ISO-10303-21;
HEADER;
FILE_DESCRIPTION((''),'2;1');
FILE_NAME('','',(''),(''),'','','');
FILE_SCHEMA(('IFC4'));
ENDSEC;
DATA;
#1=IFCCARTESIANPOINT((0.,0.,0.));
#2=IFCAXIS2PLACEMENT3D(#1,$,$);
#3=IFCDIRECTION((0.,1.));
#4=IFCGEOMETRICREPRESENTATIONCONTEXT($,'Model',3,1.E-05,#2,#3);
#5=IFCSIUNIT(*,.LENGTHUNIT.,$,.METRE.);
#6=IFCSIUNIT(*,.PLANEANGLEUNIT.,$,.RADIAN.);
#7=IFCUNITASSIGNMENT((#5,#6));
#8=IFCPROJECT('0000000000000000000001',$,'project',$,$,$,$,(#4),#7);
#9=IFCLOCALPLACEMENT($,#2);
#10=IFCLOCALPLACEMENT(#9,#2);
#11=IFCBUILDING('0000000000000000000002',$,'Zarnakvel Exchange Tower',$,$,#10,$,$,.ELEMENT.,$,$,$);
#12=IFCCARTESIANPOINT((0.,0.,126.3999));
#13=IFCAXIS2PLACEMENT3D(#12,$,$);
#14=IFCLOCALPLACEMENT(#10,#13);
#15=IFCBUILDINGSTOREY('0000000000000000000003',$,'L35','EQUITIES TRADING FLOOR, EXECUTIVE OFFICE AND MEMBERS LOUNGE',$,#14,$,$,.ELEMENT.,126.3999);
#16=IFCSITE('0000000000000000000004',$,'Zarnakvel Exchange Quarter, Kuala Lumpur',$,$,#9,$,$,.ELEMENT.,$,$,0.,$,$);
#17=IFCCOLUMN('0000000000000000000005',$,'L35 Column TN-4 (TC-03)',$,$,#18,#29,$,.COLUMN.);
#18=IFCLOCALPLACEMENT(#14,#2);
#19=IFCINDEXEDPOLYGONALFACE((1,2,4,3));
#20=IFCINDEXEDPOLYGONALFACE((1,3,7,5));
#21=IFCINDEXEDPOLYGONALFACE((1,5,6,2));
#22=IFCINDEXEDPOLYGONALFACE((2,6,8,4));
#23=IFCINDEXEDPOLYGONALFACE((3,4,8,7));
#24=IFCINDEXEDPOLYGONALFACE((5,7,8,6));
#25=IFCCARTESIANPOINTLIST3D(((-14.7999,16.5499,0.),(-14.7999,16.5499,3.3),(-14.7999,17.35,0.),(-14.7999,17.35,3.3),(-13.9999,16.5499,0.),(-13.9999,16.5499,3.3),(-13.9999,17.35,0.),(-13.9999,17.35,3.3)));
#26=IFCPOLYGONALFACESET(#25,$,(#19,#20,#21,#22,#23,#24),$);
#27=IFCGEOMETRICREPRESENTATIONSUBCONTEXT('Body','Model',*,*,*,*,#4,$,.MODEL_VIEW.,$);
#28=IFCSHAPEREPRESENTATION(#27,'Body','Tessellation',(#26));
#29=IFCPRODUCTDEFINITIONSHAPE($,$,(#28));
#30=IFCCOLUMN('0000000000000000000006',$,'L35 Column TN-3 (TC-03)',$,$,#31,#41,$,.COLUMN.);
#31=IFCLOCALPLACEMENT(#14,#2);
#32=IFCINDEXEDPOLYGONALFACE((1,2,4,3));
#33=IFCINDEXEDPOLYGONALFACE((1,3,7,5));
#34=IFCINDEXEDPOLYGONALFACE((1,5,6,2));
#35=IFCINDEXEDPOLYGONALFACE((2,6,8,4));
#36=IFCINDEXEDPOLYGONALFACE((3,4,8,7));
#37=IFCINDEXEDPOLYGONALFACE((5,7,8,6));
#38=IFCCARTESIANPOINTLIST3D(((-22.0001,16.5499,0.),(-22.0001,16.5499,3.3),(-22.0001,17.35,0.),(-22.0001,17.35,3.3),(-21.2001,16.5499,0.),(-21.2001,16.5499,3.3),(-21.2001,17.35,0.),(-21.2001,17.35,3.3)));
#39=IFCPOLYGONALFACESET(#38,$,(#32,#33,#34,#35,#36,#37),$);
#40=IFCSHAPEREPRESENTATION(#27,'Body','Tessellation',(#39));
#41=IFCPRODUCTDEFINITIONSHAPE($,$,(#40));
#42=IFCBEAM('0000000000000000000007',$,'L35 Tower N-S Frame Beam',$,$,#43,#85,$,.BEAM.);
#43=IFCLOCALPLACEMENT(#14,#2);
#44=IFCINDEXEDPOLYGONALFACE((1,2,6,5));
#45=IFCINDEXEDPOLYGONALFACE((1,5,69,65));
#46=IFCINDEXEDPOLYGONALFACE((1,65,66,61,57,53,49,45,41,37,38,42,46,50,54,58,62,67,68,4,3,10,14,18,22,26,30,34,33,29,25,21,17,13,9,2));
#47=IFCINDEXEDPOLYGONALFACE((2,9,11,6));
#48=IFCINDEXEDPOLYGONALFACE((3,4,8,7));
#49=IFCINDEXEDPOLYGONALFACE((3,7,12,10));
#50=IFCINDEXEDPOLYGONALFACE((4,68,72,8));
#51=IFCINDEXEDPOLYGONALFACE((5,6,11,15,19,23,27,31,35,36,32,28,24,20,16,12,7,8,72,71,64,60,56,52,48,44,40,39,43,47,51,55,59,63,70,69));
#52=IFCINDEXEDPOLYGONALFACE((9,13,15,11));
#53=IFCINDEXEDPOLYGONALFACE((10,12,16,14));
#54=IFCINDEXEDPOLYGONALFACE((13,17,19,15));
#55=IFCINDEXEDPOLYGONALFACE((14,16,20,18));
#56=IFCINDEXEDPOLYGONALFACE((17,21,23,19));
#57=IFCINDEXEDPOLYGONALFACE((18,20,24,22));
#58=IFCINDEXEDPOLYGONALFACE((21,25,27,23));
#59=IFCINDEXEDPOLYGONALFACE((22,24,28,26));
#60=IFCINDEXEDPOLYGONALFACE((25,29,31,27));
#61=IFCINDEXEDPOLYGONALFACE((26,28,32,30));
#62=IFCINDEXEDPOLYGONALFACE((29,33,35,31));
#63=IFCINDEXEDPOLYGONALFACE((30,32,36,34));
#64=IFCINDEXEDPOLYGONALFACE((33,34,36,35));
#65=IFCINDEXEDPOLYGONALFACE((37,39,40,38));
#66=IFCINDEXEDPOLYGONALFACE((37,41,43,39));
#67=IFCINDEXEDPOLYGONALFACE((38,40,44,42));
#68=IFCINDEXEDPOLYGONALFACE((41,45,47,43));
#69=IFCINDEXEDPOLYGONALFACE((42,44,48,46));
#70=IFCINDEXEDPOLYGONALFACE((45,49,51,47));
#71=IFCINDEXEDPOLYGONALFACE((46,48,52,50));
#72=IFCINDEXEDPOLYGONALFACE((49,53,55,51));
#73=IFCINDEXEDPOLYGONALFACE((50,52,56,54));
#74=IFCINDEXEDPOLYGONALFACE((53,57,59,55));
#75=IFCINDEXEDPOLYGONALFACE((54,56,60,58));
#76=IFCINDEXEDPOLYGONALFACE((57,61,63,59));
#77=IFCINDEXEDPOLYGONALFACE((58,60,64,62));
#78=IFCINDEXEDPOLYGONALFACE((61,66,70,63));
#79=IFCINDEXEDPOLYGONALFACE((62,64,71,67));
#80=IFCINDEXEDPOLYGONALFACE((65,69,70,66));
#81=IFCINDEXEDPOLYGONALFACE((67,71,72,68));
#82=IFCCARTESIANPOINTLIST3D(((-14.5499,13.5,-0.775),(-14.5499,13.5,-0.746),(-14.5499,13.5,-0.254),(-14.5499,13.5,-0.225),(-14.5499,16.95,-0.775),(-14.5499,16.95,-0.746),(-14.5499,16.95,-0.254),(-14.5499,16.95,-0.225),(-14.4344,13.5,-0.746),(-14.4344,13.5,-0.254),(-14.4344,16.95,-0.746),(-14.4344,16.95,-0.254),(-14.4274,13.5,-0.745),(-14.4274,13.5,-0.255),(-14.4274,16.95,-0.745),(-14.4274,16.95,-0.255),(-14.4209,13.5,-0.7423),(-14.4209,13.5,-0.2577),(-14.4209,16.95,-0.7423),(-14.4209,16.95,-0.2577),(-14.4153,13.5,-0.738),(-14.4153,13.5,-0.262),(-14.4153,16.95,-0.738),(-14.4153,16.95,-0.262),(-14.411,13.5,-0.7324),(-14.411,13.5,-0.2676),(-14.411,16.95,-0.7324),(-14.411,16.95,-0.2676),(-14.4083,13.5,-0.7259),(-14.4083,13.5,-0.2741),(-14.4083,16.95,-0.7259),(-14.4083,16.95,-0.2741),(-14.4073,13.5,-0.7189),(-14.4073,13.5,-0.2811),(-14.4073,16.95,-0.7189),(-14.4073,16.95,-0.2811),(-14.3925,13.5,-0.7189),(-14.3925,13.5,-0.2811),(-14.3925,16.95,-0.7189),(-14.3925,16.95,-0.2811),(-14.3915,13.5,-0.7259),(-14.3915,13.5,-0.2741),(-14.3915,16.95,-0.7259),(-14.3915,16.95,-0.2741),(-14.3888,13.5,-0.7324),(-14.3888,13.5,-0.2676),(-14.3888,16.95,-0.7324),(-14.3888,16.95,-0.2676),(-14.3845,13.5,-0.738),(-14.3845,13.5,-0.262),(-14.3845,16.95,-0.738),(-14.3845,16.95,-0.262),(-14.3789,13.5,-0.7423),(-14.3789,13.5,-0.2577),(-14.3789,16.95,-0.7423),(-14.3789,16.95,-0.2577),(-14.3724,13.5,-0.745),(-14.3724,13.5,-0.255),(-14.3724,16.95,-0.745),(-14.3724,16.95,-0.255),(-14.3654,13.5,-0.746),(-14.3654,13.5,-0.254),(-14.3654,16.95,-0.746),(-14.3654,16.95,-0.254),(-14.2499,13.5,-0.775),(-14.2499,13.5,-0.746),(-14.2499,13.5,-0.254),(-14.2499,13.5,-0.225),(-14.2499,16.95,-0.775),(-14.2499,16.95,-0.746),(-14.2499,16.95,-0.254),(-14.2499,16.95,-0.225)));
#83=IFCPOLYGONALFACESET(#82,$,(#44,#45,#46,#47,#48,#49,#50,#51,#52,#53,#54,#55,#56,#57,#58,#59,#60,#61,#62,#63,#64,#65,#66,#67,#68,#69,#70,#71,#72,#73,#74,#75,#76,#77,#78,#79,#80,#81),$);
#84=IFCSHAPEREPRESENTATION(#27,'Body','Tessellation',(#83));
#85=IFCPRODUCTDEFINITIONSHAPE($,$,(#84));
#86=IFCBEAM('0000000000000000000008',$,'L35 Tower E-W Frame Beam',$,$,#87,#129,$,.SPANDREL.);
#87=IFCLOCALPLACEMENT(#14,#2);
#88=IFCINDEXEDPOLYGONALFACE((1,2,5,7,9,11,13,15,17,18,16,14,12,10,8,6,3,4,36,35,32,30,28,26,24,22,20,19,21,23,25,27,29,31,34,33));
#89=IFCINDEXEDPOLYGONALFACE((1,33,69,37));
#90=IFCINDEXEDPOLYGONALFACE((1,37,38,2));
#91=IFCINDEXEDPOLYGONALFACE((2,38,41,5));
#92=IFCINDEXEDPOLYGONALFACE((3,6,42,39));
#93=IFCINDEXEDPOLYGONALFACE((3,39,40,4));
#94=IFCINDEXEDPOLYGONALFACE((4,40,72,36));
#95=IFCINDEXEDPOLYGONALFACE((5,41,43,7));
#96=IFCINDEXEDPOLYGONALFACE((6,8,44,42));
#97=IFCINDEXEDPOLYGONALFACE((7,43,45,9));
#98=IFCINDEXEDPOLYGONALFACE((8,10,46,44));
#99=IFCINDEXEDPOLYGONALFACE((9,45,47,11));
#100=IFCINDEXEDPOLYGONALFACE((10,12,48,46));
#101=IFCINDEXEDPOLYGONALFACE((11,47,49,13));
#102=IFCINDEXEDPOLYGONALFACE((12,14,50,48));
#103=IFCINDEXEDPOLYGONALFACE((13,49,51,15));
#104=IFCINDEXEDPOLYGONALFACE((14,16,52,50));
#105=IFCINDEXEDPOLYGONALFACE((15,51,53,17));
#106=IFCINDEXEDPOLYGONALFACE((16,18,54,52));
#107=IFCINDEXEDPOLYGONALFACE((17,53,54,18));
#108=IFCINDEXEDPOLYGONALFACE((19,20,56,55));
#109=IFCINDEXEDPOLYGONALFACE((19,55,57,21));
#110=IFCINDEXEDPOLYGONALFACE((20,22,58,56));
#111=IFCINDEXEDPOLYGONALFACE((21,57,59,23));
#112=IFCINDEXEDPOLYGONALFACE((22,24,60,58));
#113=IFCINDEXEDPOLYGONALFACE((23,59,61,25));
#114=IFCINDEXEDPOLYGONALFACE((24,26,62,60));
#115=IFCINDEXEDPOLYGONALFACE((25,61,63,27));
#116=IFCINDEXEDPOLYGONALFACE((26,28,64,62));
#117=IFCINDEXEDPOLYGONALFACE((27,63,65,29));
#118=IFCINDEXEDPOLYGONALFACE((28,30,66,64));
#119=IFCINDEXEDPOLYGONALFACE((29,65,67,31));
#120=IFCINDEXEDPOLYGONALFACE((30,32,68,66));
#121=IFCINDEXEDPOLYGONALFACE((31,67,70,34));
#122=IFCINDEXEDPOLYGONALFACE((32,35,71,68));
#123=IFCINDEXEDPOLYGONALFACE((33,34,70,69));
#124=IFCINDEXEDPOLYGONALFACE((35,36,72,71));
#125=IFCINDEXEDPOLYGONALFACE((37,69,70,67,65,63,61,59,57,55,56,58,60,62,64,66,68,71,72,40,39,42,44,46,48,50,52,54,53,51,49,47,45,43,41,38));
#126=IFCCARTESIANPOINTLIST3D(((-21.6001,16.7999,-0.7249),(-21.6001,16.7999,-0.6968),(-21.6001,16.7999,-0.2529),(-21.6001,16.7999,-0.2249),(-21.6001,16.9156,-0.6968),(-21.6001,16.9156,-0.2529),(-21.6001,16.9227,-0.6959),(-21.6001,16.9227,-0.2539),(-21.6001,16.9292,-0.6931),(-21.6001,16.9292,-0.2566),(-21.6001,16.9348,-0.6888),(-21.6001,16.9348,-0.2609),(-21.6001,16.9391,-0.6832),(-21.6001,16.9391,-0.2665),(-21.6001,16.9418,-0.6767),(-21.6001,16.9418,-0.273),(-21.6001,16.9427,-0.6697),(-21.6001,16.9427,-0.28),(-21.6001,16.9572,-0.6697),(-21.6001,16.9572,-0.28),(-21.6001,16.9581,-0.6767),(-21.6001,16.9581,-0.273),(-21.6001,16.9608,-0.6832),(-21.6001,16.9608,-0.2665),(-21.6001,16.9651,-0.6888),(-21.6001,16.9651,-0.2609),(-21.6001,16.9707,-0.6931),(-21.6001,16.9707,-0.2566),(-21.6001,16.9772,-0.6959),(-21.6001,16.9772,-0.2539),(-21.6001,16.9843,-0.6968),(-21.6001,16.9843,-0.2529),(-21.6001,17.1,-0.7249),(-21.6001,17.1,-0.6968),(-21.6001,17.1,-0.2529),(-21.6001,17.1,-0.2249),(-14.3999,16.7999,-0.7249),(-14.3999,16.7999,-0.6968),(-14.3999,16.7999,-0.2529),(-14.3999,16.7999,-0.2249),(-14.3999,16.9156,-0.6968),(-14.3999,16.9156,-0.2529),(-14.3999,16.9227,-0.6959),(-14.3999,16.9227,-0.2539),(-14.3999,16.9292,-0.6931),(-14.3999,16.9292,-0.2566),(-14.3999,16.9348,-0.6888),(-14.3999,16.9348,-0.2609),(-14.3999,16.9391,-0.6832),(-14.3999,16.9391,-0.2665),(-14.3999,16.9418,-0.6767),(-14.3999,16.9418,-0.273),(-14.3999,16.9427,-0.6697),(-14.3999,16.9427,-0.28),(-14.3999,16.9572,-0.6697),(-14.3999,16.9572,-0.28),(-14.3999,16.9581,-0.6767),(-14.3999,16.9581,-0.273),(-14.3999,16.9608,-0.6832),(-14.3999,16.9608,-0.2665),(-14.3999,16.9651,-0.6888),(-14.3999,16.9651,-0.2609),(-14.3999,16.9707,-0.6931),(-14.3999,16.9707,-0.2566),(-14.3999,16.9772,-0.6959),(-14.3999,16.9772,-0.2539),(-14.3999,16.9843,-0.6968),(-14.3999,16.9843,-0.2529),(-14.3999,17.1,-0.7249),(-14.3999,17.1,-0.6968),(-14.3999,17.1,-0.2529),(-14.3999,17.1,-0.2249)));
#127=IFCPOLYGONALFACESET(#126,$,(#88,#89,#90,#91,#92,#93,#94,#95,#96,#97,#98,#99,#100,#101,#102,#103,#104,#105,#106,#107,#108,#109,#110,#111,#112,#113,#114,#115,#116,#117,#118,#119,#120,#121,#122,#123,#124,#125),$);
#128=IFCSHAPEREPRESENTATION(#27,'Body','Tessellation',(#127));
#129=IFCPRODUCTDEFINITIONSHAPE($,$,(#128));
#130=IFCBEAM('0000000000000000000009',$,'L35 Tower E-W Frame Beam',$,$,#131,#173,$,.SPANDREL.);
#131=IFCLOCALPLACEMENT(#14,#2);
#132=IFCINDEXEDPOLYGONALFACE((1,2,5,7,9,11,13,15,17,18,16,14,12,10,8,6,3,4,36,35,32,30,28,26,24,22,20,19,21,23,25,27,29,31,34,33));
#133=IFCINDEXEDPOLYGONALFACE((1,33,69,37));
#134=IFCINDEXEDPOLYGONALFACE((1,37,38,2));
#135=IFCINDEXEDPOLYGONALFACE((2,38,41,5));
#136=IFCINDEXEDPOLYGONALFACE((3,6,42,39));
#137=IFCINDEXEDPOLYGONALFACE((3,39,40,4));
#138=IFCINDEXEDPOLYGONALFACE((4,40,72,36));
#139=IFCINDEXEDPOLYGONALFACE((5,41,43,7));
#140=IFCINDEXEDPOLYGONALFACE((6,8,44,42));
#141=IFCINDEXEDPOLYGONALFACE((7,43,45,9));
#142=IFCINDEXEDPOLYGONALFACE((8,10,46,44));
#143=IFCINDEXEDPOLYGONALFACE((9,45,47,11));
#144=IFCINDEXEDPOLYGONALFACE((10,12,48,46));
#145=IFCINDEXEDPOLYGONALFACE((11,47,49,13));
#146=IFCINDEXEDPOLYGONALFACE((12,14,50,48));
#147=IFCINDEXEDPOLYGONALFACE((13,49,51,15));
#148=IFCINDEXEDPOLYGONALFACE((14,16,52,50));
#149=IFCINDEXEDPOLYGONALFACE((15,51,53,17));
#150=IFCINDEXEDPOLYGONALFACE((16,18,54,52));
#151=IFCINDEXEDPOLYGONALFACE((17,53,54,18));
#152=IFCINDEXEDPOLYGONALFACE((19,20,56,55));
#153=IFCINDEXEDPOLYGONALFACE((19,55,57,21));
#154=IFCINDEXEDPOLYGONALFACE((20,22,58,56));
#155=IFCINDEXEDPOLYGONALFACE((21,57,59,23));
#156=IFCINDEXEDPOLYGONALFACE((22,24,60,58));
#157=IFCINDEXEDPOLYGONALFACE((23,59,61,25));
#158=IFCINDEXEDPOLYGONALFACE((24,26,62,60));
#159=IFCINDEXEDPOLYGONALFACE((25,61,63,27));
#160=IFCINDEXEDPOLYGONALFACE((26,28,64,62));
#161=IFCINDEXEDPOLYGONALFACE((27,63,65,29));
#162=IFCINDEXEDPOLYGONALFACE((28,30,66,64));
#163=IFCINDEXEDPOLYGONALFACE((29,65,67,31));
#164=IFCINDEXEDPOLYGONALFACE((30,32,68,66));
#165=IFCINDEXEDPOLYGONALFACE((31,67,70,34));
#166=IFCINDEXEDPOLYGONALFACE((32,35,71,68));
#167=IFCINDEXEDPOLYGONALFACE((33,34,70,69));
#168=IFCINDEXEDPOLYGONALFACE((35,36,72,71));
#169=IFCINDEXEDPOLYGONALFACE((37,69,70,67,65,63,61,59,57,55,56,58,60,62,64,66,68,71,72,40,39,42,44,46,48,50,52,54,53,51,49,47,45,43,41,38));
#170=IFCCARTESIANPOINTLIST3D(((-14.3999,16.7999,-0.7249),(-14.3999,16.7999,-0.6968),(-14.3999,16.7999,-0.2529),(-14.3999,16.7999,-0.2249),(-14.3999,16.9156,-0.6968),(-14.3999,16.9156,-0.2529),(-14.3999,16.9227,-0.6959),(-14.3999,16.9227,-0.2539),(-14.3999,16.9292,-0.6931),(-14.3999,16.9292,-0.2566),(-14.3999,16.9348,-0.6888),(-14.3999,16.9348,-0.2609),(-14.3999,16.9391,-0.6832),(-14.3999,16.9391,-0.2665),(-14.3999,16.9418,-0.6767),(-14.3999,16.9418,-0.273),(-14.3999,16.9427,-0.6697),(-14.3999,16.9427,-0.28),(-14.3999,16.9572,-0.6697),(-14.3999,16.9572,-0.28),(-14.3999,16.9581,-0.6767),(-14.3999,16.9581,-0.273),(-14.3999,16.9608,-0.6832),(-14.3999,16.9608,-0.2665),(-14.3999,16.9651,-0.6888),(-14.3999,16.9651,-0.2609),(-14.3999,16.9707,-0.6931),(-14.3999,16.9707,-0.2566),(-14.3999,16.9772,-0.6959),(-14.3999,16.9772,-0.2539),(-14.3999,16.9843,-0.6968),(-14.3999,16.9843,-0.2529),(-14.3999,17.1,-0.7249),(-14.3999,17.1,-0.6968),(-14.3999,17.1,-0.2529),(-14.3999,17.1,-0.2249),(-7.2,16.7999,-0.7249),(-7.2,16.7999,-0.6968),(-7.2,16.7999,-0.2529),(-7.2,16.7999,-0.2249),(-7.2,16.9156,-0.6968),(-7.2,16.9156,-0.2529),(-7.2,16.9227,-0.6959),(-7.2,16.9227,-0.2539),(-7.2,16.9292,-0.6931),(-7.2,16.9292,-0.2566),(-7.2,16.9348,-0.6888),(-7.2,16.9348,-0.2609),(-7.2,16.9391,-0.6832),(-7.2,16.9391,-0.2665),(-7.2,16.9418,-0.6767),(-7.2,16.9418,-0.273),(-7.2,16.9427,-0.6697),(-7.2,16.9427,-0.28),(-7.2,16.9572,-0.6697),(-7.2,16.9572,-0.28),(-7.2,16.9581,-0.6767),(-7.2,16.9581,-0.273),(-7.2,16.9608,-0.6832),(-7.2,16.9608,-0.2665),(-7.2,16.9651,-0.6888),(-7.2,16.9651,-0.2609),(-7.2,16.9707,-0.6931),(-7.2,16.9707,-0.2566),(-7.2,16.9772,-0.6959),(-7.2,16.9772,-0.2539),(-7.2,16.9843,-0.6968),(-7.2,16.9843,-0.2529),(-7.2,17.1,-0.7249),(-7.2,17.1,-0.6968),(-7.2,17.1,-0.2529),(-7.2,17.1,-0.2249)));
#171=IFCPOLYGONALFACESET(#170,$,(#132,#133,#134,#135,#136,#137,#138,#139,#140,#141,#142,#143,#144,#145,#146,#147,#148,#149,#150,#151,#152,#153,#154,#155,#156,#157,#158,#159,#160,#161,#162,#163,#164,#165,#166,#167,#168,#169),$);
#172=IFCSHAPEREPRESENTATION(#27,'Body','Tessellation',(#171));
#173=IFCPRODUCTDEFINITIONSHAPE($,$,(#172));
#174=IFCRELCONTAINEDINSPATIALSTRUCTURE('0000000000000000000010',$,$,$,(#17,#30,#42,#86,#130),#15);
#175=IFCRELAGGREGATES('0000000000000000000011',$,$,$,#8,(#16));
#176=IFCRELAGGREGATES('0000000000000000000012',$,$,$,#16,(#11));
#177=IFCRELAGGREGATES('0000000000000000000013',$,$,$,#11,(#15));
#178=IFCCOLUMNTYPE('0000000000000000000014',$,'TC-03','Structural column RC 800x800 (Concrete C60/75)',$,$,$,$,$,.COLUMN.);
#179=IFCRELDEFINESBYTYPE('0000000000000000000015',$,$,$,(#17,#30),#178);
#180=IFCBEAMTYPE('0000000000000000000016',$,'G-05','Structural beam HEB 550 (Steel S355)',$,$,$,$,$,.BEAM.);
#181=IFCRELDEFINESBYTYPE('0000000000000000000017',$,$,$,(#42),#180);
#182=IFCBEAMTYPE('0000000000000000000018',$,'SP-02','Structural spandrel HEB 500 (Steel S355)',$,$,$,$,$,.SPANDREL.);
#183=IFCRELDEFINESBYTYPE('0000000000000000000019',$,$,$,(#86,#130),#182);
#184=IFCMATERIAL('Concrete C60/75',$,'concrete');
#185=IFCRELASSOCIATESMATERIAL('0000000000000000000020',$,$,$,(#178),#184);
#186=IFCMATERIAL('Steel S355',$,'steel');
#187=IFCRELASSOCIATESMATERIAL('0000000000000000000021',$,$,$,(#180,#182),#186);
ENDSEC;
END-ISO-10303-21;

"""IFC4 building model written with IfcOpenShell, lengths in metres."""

from ifc_helpers import new_model, si_unit, direction, frame, origin, origin_2d, place, context, subcontext, project, spatial, rectangle, i_section, extrude, material, material_profile, profile_set, type_object, element, save


model = new_model("IFC4")

# Units and contexts
model_context = context("Model", 3, precision=1e-05, world=origin(), true_north=direction((0.0, 1.0)))
body_context = subcontext(model_context, "Body", "Model", "MODEL_VIEW")
ifc_project = project(units=[si_unit("LENGTHUNIT", "METRE"), si_unit("PLANEANGLEUNIT", "RADIAN")], contexts=[model_context])

# Site, building, storey
site_placement = place(None, origin())
site = spatial("IfcSite", under=ifc_project, at=site_placement, Name="Zarnakvel Exchange Quarter, Kuala Lumpur", CompositionType="ELEMENT", RefElevation=0.0)
building_placement = place(site_placement, origin())
building = spatial("IfcBuilding", under=site, at=building_placement, Name="Zarnakvel Exchange Tower", CompositionType="ELEMENT")
storey_placement = place(building_placement, frame((0.0, 0.0, 126.3999)))
storey = spatial("IfcBuildingStorey", under=building, at=storey_placement, Name="L35", Description="EQUITIES TRADING FLOOR, EXECUTIVE OFFICE AND MEMBERS LOUNGE", CompositionType="ELEMENT", Elevation=126.3999)

# Columns
ifc_material_1 = material(Name="Concrete C60/75", Category="concrete")
ifc_material_profile_1 = material_profile(ifc_material_1, rectangle(XDim=0.8, YDim=0.8, at=origin_2d()))
ifc_profile_set_1 = profile_set([ifc_material_profile_1], Name="Concrete C60/75")
column_type = type_object("IfcColumnType", Name="TC-03", Description="Structural column RC 800x800 (Concrete C60/75)", PredefinedType="COLUMN", material=ifc_profile_set_1)
for number, where, z_axis, x_axis, name in (
    (1, (-14.3999, 16.95, 0.0), (0.0, 0.0, 1.0), (1.0, 0.0, 0.0), "L35 Column TN-4 (TC-03)"),
    (2, (-21.6001, 16.95, 0.0), (0.0, 0.0, 1.0), (1.0, 0.0, 0.0), "L35 Column TN-3 (TC-03)"),
):
    element("IfcColumn", number, at=place(storey_placement, frame(where, z_axis=z_axis, x_axis=x_axis)), inside=storey, type_object=column_type, Name=name, PredefinedType="COLUMN", context=body_context, shape_type="SweptSolid", body=[
        extrude(rectangle(XDim=0.8, YDim=0.8, at=origin_2d()), origin(), (0.0, 0.0, 1.0), 3.3),
    ])

# Beams
ifc_material_2 = material(Name="Steel S355", Category="steel")
ifc_material_profile_2 = material_profile(ifc_material_2, i_section(OverallWidth=0.3, OverallDepth=0.55, WebThickness=0.0149, FlangeThickness=0.0291, FilletRadius=0.0271, at=origin_2d()))
ifc_profile_set_2 = profile_set([ifc_material_profile_2], Name="Steel S355")
beam_type_1 = type_object("IfcBeamType", Name="G-05", Description="Structural beam HEB 550 (Steel S355)", PredefinedType="BEAM", material=ifc_profile_set_2)
beam_1_placement = place(storey_placement, frame((-14.3999, 13.5, -0.5), z_axis=(0.0, 1.0, 0.0), x_axis=(-1.0, 0.0, 0.0)))
element("IfcBeam", 3, at=beam_1_placement, inside=storey, type_object=beam_type_1, Name="L35 Tower N-S Frame Beam", PredefinedType="BEAM", context=body_context, shape_type="SweptSolid", body=[
    extrude(i_section(OverallWidth=0.3, OverallDepth=0.55, WebThickness=0.0149, FlangeThickness=0.0291, FilletRadius=0.0271, at=origin_2d()), origin(), (0.0, 0.0, 1.0), 3.45),
])
ifc_material_profile_3 = material_profile(ifc_material_2, i_section(OverallWidth=0.3, OverallDepth=0.5, WebThickness=0.0144, FlangeThickness=0.0281, FilletRadius=0.0271, at=origin_2d()))
ifc_profile_set_3 = profile_set([ifc_material_profile_3], Name="Steel S355")
beam_type_2 = type_object("IfcBeamType", Name="SP-02", Description="Structural spandrel HEB 500 (Steel S355)", PredefinedType="SPANDREL", material=ifc_profile_set_3)
beam_2_placement = place(storey_placement, frame((-21.6001, 16.95, -0.4749), z_axis=(1.0, 0.0, 0.0), x_axis=(0.0, 1.0, 0.0)))
element("IfcBeam", 4, at=beam_2_placement, inside=storey, type_object=beam_type_2, Name="L35 Tower E-W Frame Beam", PredefinedType="SPANDREL", context=body_context, shape_type="SweptSolid", body=[
    extrude(i_section(OverallWidth=0.3, OverallDepth=0.5, WebThickness=0.0144, FlangeThickness=0.0281, FilletRadius=0.0271, at=origin_2d()), origin(), (0.0, 0.0, 1.0), 7.2002),
])
beam_3_placement = place(storey_placement, frame((-14.3999, 16.95, -0.4749), z_axis=(1.0, 0.0, 0.0), x_axis=(0.0, 1.0, 0.0)))
element("IfcBeam", 5, at=beam_3_placement, inside=storey, type_object=beam_type_2, Name="L35 Tower E-W Frame Beam", PredefinedType="SPANDREL", context=body_context, shape_type="SweptSolid", body=[
    extrude(i_section(OverallWidth=0.3, OverallDepth=0.5, WebThickness=0.0144, FlangeThickness=0.0281, FilletRadius=0.0271, at=origin_2d()), origin(), (0.0, 0.0, 1.0), 7.2),
])

save(model, "model.ifc")
